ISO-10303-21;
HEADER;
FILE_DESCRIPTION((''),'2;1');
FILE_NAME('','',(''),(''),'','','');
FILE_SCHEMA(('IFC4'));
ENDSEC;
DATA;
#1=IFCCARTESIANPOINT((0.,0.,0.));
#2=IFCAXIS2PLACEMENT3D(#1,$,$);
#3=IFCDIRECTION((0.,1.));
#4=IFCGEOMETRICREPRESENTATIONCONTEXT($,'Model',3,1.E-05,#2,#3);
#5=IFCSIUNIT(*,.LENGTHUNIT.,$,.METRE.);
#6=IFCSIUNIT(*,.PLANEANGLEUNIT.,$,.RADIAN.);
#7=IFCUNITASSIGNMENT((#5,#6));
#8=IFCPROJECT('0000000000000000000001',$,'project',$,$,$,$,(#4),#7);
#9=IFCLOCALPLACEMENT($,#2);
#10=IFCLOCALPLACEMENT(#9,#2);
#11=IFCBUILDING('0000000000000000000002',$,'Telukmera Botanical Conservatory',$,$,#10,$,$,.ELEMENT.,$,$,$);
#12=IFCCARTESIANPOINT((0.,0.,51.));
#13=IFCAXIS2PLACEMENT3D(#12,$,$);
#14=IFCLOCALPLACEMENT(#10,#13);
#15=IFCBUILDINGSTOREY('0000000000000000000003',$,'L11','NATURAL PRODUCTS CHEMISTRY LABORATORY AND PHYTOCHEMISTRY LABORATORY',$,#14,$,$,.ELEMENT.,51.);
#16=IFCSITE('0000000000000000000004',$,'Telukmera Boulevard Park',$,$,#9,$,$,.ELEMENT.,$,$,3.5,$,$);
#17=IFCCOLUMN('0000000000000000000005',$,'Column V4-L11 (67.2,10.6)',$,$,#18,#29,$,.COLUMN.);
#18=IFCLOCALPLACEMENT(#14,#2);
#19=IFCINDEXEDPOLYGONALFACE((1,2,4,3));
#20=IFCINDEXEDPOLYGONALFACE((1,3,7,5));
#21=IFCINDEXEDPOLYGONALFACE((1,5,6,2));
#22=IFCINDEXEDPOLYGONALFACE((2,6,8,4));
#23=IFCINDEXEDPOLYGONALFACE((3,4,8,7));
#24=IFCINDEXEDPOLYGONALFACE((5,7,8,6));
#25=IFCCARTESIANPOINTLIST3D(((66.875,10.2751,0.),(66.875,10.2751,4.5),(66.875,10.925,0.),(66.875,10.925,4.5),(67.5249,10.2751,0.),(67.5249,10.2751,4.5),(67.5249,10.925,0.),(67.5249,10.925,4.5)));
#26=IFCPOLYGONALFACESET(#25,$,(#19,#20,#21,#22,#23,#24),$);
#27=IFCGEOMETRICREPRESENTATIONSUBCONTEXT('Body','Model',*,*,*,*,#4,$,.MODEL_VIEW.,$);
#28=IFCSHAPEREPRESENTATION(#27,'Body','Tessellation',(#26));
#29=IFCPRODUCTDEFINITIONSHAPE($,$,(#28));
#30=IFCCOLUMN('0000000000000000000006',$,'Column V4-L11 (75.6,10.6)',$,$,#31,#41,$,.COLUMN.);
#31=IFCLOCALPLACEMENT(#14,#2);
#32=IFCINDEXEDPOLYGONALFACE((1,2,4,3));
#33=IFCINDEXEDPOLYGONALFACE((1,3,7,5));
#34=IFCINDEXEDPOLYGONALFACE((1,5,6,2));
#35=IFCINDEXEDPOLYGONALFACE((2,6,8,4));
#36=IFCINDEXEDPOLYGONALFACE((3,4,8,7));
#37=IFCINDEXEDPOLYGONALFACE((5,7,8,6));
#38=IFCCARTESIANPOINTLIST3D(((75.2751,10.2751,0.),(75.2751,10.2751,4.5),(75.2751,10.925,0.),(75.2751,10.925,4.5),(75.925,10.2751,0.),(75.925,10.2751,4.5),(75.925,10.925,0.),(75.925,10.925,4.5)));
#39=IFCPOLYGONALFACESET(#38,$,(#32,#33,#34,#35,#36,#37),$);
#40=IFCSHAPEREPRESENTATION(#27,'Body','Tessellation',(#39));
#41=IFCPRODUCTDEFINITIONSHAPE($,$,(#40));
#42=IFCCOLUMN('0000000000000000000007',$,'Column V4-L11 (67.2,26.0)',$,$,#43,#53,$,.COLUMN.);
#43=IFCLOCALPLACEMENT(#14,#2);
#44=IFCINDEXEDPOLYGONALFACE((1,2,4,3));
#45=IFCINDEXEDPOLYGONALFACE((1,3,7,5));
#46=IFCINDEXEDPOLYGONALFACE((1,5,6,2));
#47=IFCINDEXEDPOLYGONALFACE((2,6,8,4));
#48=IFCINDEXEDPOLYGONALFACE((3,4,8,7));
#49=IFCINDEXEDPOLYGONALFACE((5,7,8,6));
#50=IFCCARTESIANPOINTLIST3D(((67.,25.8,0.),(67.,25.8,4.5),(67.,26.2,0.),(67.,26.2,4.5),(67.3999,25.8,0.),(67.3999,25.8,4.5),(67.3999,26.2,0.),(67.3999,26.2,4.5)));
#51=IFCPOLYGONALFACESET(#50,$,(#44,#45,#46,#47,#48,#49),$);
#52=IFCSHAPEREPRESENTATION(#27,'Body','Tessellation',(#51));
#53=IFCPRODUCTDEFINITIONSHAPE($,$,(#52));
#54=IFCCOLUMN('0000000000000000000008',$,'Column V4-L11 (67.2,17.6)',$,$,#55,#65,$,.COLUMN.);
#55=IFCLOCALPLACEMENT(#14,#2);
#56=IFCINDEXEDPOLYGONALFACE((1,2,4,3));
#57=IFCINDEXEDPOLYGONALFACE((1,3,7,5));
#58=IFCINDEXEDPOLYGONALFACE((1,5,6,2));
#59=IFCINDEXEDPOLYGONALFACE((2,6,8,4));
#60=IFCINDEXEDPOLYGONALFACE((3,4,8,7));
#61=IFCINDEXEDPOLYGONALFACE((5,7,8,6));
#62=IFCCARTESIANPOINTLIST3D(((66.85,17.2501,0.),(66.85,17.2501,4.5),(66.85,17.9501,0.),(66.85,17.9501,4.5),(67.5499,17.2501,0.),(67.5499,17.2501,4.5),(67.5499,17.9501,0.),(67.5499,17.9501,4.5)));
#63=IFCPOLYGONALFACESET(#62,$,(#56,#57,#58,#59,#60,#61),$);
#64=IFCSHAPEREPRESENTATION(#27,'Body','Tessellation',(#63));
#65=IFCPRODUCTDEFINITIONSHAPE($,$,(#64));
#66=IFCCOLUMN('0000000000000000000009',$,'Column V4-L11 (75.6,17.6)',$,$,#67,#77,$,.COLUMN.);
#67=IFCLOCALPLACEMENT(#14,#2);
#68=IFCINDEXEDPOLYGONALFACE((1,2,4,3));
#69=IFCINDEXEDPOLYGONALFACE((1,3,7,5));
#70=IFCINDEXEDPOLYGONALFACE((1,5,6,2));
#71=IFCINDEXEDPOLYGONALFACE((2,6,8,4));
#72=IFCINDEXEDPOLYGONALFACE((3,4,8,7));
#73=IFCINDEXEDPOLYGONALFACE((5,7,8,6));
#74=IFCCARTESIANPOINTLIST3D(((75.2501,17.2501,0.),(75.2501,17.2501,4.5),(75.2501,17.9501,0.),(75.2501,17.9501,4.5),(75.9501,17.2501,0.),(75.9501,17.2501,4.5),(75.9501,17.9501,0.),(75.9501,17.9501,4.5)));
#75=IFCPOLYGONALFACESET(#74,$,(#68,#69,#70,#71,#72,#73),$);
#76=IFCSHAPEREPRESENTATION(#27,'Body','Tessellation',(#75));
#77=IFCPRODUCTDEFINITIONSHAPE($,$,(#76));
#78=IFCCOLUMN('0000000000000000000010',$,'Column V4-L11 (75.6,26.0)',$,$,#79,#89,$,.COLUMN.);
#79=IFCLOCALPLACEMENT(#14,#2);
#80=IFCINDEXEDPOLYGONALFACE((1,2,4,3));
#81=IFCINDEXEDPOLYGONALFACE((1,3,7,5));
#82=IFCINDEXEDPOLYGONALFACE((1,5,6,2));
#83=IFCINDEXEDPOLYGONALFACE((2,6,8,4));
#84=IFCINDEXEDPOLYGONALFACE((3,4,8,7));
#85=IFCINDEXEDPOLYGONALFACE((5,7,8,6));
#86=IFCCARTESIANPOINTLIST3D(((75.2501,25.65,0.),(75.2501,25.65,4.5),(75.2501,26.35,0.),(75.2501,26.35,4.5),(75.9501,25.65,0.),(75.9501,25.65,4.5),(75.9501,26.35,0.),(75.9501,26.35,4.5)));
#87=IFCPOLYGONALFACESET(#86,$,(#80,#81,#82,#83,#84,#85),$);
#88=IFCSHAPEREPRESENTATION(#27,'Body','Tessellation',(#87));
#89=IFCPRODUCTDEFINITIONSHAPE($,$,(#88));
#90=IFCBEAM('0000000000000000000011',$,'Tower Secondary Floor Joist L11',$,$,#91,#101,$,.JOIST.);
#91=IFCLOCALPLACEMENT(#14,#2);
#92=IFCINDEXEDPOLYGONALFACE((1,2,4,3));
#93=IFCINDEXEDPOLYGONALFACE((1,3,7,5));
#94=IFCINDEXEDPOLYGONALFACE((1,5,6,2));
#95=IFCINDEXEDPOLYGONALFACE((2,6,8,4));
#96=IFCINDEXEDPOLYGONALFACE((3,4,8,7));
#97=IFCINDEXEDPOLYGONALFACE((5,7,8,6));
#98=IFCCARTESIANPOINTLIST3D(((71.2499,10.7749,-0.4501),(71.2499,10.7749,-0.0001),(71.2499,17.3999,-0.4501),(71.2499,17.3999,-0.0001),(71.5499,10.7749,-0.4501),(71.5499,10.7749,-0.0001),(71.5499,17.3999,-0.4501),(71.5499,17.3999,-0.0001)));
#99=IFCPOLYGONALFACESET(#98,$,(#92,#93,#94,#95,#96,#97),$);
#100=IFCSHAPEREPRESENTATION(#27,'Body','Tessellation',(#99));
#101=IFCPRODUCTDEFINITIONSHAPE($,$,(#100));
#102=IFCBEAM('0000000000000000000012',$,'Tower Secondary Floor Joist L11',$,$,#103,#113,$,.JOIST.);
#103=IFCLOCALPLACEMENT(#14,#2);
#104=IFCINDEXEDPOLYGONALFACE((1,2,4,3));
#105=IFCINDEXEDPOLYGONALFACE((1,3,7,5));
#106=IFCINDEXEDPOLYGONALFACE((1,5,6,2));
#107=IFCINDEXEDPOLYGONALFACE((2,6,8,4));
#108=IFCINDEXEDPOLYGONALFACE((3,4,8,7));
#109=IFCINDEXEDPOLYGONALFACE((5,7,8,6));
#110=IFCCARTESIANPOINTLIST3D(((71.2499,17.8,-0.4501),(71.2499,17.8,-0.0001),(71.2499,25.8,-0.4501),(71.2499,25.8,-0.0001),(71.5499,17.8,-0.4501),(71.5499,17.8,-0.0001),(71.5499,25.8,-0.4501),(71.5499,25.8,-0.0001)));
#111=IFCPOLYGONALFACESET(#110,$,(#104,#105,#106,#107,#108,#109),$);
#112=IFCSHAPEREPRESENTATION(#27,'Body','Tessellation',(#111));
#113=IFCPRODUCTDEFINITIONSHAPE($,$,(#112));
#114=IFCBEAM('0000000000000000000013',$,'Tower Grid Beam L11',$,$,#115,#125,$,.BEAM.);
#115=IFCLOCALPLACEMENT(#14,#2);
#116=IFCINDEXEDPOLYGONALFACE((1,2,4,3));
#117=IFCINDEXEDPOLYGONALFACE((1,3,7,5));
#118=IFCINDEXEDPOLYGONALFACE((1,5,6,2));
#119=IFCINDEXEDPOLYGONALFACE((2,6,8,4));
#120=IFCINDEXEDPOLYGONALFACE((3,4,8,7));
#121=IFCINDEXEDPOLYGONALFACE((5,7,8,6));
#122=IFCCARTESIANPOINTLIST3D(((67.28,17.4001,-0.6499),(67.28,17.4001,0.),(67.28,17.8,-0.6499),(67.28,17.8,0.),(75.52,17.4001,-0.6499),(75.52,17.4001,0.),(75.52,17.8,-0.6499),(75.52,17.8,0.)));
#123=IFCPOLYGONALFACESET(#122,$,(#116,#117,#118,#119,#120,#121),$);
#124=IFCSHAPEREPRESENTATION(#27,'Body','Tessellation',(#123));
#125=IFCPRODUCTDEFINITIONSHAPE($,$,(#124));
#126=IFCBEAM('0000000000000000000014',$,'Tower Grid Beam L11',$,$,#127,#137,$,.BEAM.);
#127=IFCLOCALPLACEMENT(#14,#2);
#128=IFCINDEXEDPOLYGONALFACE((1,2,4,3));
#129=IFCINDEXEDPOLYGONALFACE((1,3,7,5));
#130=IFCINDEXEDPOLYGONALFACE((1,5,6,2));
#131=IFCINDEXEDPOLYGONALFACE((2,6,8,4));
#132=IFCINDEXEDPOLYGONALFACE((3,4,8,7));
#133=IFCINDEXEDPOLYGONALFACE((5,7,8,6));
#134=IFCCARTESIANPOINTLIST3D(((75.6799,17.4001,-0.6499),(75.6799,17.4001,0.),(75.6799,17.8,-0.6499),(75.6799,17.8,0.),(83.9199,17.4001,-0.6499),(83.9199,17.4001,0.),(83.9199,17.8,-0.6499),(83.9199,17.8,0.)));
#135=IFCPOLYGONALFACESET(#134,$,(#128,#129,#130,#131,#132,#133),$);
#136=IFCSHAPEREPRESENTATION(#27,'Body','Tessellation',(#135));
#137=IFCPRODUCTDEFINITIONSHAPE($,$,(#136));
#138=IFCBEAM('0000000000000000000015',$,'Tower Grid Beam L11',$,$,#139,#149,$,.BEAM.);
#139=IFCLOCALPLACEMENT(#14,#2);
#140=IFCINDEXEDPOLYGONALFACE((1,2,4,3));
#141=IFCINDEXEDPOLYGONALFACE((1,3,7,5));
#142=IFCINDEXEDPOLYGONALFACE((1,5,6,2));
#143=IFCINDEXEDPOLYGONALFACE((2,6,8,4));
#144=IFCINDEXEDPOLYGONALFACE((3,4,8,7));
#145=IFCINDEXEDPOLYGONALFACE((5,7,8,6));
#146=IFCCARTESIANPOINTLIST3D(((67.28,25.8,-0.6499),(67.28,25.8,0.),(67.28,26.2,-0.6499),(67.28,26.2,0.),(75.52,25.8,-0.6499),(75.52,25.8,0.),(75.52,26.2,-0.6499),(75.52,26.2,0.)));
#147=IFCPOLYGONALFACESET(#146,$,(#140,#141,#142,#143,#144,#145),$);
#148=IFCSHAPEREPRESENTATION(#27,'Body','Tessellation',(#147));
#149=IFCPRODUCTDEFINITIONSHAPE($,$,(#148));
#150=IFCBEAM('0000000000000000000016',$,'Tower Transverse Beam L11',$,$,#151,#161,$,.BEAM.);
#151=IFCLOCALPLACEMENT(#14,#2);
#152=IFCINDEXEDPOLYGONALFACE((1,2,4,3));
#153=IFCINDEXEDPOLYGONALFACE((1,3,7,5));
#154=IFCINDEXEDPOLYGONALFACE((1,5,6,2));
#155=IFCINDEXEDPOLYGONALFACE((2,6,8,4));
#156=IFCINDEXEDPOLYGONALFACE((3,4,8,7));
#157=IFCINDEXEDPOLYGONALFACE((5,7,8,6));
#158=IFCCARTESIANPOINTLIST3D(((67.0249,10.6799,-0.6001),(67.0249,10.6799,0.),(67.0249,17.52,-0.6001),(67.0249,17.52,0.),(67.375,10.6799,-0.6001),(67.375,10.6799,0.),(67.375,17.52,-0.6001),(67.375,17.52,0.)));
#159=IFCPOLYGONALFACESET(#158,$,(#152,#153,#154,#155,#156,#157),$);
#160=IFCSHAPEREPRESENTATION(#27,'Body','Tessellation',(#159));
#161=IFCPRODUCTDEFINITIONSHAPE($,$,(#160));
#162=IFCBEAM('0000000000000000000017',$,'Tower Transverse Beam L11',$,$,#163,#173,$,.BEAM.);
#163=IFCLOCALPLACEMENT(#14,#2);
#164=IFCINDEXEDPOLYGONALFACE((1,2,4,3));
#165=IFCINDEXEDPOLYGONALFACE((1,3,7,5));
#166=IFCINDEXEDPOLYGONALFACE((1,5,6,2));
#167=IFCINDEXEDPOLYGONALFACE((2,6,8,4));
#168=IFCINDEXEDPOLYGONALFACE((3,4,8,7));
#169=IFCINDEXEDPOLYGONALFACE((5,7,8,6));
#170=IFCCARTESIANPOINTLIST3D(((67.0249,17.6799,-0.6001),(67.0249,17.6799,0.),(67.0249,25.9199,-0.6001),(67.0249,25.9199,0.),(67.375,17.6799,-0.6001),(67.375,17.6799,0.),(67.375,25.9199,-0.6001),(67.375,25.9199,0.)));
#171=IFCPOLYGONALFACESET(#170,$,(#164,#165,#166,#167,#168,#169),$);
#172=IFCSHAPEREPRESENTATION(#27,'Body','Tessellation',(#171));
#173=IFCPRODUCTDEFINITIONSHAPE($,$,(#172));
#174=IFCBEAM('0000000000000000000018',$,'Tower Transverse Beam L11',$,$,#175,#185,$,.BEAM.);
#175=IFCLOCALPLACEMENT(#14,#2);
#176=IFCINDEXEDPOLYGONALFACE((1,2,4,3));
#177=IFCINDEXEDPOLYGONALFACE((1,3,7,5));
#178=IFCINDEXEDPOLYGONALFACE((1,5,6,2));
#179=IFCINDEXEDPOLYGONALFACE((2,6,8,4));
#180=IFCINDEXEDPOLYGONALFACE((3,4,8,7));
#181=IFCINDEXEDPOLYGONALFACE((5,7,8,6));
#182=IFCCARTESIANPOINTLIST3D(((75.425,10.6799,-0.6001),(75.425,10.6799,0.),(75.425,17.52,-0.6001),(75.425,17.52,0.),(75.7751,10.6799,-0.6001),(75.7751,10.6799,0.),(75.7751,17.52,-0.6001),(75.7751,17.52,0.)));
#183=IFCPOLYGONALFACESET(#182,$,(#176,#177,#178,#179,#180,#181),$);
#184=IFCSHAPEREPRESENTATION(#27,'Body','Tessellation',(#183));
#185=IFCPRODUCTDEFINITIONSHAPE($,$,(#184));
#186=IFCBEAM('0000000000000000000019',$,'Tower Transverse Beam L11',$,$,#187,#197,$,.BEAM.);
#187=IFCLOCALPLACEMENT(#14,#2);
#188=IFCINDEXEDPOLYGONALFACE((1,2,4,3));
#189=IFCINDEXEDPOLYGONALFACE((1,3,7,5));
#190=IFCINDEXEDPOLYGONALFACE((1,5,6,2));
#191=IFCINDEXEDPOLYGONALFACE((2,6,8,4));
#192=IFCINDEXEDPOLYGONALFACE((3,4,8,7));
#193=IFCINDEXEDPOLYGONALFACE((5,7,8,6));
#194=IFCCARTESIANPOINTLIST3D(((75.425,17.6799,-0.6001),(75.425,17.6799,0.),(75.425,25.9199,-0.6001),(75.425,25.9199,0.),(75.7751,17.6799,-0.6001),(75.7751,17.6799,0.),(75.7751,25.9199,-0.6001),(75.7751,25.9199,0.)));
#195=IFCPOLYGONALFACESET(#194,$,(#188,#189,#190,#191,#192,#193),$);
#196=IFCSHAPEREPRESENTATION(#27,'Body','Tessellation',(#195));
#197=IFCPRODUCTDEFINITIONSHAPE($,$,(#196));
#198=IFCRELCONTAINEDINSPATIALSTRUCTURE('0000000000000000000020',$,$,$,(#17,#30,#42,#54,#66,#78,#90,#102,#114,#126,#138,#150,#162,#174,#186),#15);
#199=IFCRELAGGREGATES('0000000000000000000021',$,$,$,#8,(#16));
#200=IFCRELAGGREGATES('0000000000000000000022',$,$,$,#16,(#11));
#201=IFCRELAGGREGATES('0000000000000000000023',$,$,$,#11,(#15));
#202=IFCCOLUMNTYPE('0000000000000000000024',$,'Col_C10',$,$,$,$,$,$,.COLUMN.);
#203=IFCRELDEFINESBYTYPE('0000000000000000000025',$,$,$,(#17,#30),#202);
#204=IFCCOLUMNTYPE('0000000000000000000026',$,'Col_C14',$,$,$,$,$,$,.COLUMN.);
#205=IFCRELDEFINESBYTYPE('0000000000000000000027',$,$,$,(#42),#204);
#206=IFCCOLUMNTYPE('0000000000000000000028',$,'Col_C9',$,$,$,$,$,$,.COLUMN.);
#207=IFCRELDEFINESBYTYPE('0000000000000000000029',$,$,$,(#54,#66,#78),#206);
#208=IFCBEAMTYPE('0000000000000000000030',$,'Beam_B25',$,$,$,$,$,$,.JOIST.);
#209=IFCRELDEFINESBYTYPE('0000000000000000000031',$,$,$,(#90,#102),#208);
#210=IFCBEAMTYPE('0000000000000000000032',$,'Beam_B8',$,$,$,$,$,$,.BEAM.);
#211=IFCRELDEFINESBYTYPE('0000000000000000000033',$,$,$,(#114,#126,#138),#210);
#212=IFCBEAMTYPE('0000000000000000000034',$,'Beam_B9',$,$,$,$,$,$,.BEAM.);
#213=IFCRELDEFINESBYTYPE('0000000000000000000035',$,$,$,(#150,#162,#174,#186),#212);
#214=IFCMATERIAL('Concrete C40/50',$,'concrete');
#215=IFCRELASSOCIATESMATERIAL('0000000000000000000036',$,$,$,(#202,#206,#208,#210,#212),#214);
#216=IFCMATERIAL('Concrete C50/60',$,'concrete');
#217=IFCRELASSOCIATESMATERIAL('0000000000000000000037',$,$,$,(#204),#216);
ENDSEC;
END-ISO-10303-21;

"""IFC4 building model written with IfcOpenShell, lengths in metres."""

from ifc_helpers import new_model, si_unit, direction, frame, origin, origin_2d, place, context, subcontext, project, spatial, rectangle, extrude, material, material_profile, profile_set, type_object, element, save


model = new_model("IFC4")

# Units and contexts
model_context = context("Model", 3, precision=1e-05, world=origin(), true_north=direction((0.0, 1.0)))
body_context = subcontext(model_context, "Body", "Model", "MODEL_VIEW")
ifc_project = project(units=[si_unit("LENGTHUNIT", "METRE"), si_unit("PLANEANGLEUNIT", "RADIAN")], contexts=[model_context])

# Site, building, storey
site_placement = place(None, origin())
site = spatial("IfcSite", under=ifc_project, at=site_placement, Name="Telukmera Boulevard Park", CompositionType="ELEMENT", RefElevation=3.5)
building_placement = place(site_placement, origin())
building = spatial("IfcBuilding", under=site, at=building_placement, Name="Telukmera Botanical Conservatory", CompositionType="ELEMENT")
storey_placement = place(building_placement, frame((0.0, 0.0, 51.0)))
storey = spatial("IfcBuildingStorey", under=building, at=storey_placement, Name="L11", Description="NATURAL PRODUCTS CHEMISTRY LABORATORY AND PHYTOCHEMISTRY LABORATORY", CompositionType="ELEMENT", Elevation=51.0)

# Columns
ifc_material_1 = material(Name="Concrete C40/50", Category="concrete")
ifc_material_profile_1 = material_profile(ifc_material_1, rectangle(XDim=0.6499, YDim=0.6499, at=origin_2d()), Name="RC 650x650")
ifc_profile_set_1 = profile_set([ifc_material_profile_1], Name="Concrete C40/50")
column_type_1 = type_object("IfcColumnType", Name="Col_C10", PredefinedType="COLUMN", material=ifc_profile_set_1)
for number, where, z_axis, x_axis, name in (
    (1, (67.2, 10.6001, 0.0), (0.0, 0.0, 1.0), (1.0, 0.0, 0.0), "Column V4-L11 (67.2,10.6)"),
    (2, (75.6001, 10.6001, 0.0), (0.0, 0.0, 1.0), (1.0, 0.0, 0.0), "Column V4-L11 (75.6,10.6)"),
):
    element("IfcColumn", number, at=place(storey_placement, frame(where, z_axis=z_axis, x_axis=x_axis)), inside=storey, type_object=column_type_1, Name=name, PredefinedType="COLUMN", context=body_context, shape_type="SweptSolid", body=[
        extrude(rectangle(XDim=0.6499, YDim=0.6499, at=origin_2d()), origin(), (0.0, 0.0, 1.0), 4.5),
    ])
ifc_material_2 = material(Name="Concrete C50/60", Category="concrete")
ifc_material_profile_2 = material_profile(ifc_material_2, rectangle(XDim=0.3999, YDim=0.3999, at=origin_2d()), Name="RC 400x400")
ifc_profile_set_2 = profile_set([ifc_material_profile_2], Name="Concrete C50/60")
column_type_2 = type_object("IfcColumnType", Name="Col_C14", PredefinedType="COLUMN", material=ifc_profile_set_2)
column_placement = place(storey_placement, frame((67.2, 26.0, 0.0), z_axis=(0.0, 0.0, 1.0), x_axis=(1.0, 0.0, 0.0)))
element("IfcColumn", 3, at=column_placement, inside=storey, type_object=column_type_2, Name="Column V4-L11 (67.2,26.0)", PredefinedType="COLUMN", context=body_context, shape_type="SweptSolid", body=[
    extrude(rectangle(XDim=0.3999, YDim=0.3999, at=origin_2d()), origin(), (0.0, 0.0, 1.0), 4.5),
])
ifc_material_profile_3 = material_profile(ifc_material_1, rectangle(XDim=0.7, YDim=0.7, at=origin_2d()), Name="RC 700x700")
ifc_profile_set_3 = profile_set([ifc_material_profile_3], Name="Concrete C40/50")
column_type_3 = type_object("IfcColumnType", Name="Col_C9", PredefinedType="COLUMN", material=ifc_profile_set_3)
for number, where, z_axis, x_axis, name in (
    (4, (67.2, 17.6001, 0.0), (0.0, 0.0, 1.0), (1.0, 0.0, 0.0), "Column V4-L11 (67.2,17.6)"),
    (5, (75.6001, 17.6001, 0.0), (0.0, 0.0, 1.0), (1.0, 0.0, 0.0), "Column V4-L11 (75.6,17.6)"),
    (6, (75.6001, 26.0, 0.0), (0.0, 0.0, 1.0), (1.0, 0.0, 0.0), "Column V4-L11 (75.6,26.0)"),
):
    element("IfcColumn", number, at=place(storey_placement, frame(where, z_axis=z_axis, x_axis=x_axis)), inside=storey, type_object=column_type_3, Name=name, PredefinedType="COLUMN", context=body_context, shape_type="SweptSolid", body=[
        extrude(rectangle(XDim=0.7, YDim=0.7, at=origin_2d()), origin(), (0.0, 0.0, 1.0), 4.5),
    ])

# Beams
ifc_material_profile_4 = material_profile(ifc_material_1, rectangle(XDim=0.3, YDim=0.45, at=origin_2d()), Name="RC 300x450")
ifc_profile_set_4 = profile_set([ifc_material_profile_4], Name="Concrete C40/50")
beam_type_1 = type_object("IfcBeamType", Name="Beam_B25", PredefinedType="JOIST", material=ifc_profile_set_4)
beam_1_placement = place(storey_placement, frame((71.3999, 10.7749, -0.2251), z_axis=(0.0, 1.0, 0.0), x_axis=(-1.0, 0.0, 0.0)))
element("IfcBeam", 7, at=beam_1_placement, inside=storey, type_object=beam_type_1, Name="Tower Secondary Floor Joist L11", PredefinedType="JOIST", context=body_context, shape_type="SweptSolid", body=[
    extrude(rectangle(XDim=0.3, YDim=0.45, at=origin_2d()), origin(), (0.0, 0.0, 1.0), 6.625),
])
beam_2_placement = place(storey_placement, frame((71.3999, 17.8, -0.2251), z_axis=(0.0, 1.0, 0.0), x_axis=(-1.0, 0.0, 0.0)))
element("IfcBeam", 8, at=beam_2_placement, inside=storey, type_object=beam_type_1, Name="Tower Secondary Floor Joist L11", PredefinedType="JOIST", context=body_context, shape_type="SweptSolid", body=[
    extrude(rectangle(XDim=0.3, YDim=0.45, at=origin_2d()), origin(), (0.0, 0.0, 1.0), 8.0),
])
ifc_material_profile_5 = material_profile(ifc_material_1, rectangle(XDim=0.3999, YDim=0.6499, at=origin_2d()), Name="RC 400x650")
ifc_profile_set_5 = profile_set([ifc_material_profile_5], Name="Concrete C40/50")
beam_type_2 = type_object("IfcBeamType", Name="Beam_B8", PredefinedType="BEAM", material=ifc_profile_set_5)
for number, where, z_axis, x_axis, name in (
    (9, (67.28, 17.6001, -0.325), (1.0, 0.0, 0.0), (0.0, 1.0, 0.0), "Tower Grid Beam L11"),
    (10, (75.6799, 17.6001, -0.325), (1.0, 0.0, 0.0), (0.0, 1.0, 0.0), "Tower Grid Beam L11"),
    (11, (67.28, 26.0, -0.325), (1.0, 0.0, 0.0), (0.0, 1.0, 0.0), "Tower Grid Beam L11"),
):
    element("IfcBeam", number, at=place(storey_placement, frame(where, z_axis=z_axis, x_axis=x_axis)), inside=storey, type_object=beam_type_2, Name=name, PredefinedType="BEAM", context=body_context, shape_type="SweptSolid", body=[
        extrude(rectangle(XDim=0.3999, YDim=0.6499, at=origin_2d()), origin(), (0.0, 0.0, 1.0), 8.24),
    ])
ifc_material_profile_6 = material_profile(ifc_material_1, rectangle(XDim=0.3501, YDim=0.6001, at=origin_2d()), Name="RC 350x600")
ifc_profile_set_6 = profile_set([ifc_material_profile_6], Name="Concrete C40/50")
beam_type_3 = type_object("IfcBeamType", Name="Beam_B9", PredefinedType="BEAM", material=ifc_profile_set_6)
beam_3_placement = place(storey_placement, frame((67.2, 10.6799, -0.3), z_axis=(0.0, 1.0, 0.0), x_axis=(-1.0, 0.0, 0.0)))
element("IfcBeam", 12, at=beam_3_placement, inside=storey, type_object=beam_type_3, Name="Tower Transverse Beam L11", PredefinedType="BEAM", context=body_context, shape_type="SweptSolid", body=[
    extrude(rectangle(XDim=0.3501, YDim=0.6001, at=origin_2d()), origin(), (0.0, 0.0, 1.0), 6.8401),
])
beam_4_placement = place(storey_placement, frame((67.2, 17.6799, -0.3), z_axis=(0.0, 1.0, 0.0), x_axis=(-1.0, 0.0, 0.0)))
element("IfcBeam", 13, at=beam_4_placement, inside=storey, type_object=beam_type_3, Name="Tower Transverse Beam L11", PredefinedType="BEAM", context=body_context, shape_type="SweptSolid", body=[
    extrude(rectangle(XDim=0.3501, YDim=0.6001, at=origin_2d()), origin(), (0.0, 0.0, 1.0), 8.24),
])
beam_5_placement = place(storey_placement, frame((75.6001, 10.6799, -0.3), z_axis=(0.0, 1.0, 0.0), x_axis=(-1.0, 0.0, 0.0)))
element("IfcBeam", 14, at=beam_5_placement, inside=storey, type_object=beam_type_3, Name="Tower Transverse Beam L11", PredefinedType="BEAM", context=body_context, shape_type="SweptSolid", body=[
    extrude(rectangle(XDim=0.3501, YDim=0.6001, at=origin_2d()), origin(), (0.0, 0.0, 1.0), 6.8401),
])
beam_6_placement = place(storey_placement, frame((75.6001, 17.6799, -0.3), z_axis=(0.0, 1.0, 0.0), x_axis=(-1.0, 0.0, 0.0)))
element("IfcBeam", 15, at=beam_6_placement, inside=storey, type_object=beam_type_3, Name="Tower Transverse Beam L11", PredefinedType="BEAM", context=body_context, shape_type="SweptSolid", body=[
    extrude(rectangle(XDim=0.3501, YDim=0.6001, at=origin_2d()), origin(), (0.0, 0.0, 1.0), 8.24),
])

save(model, "model.ifc")
